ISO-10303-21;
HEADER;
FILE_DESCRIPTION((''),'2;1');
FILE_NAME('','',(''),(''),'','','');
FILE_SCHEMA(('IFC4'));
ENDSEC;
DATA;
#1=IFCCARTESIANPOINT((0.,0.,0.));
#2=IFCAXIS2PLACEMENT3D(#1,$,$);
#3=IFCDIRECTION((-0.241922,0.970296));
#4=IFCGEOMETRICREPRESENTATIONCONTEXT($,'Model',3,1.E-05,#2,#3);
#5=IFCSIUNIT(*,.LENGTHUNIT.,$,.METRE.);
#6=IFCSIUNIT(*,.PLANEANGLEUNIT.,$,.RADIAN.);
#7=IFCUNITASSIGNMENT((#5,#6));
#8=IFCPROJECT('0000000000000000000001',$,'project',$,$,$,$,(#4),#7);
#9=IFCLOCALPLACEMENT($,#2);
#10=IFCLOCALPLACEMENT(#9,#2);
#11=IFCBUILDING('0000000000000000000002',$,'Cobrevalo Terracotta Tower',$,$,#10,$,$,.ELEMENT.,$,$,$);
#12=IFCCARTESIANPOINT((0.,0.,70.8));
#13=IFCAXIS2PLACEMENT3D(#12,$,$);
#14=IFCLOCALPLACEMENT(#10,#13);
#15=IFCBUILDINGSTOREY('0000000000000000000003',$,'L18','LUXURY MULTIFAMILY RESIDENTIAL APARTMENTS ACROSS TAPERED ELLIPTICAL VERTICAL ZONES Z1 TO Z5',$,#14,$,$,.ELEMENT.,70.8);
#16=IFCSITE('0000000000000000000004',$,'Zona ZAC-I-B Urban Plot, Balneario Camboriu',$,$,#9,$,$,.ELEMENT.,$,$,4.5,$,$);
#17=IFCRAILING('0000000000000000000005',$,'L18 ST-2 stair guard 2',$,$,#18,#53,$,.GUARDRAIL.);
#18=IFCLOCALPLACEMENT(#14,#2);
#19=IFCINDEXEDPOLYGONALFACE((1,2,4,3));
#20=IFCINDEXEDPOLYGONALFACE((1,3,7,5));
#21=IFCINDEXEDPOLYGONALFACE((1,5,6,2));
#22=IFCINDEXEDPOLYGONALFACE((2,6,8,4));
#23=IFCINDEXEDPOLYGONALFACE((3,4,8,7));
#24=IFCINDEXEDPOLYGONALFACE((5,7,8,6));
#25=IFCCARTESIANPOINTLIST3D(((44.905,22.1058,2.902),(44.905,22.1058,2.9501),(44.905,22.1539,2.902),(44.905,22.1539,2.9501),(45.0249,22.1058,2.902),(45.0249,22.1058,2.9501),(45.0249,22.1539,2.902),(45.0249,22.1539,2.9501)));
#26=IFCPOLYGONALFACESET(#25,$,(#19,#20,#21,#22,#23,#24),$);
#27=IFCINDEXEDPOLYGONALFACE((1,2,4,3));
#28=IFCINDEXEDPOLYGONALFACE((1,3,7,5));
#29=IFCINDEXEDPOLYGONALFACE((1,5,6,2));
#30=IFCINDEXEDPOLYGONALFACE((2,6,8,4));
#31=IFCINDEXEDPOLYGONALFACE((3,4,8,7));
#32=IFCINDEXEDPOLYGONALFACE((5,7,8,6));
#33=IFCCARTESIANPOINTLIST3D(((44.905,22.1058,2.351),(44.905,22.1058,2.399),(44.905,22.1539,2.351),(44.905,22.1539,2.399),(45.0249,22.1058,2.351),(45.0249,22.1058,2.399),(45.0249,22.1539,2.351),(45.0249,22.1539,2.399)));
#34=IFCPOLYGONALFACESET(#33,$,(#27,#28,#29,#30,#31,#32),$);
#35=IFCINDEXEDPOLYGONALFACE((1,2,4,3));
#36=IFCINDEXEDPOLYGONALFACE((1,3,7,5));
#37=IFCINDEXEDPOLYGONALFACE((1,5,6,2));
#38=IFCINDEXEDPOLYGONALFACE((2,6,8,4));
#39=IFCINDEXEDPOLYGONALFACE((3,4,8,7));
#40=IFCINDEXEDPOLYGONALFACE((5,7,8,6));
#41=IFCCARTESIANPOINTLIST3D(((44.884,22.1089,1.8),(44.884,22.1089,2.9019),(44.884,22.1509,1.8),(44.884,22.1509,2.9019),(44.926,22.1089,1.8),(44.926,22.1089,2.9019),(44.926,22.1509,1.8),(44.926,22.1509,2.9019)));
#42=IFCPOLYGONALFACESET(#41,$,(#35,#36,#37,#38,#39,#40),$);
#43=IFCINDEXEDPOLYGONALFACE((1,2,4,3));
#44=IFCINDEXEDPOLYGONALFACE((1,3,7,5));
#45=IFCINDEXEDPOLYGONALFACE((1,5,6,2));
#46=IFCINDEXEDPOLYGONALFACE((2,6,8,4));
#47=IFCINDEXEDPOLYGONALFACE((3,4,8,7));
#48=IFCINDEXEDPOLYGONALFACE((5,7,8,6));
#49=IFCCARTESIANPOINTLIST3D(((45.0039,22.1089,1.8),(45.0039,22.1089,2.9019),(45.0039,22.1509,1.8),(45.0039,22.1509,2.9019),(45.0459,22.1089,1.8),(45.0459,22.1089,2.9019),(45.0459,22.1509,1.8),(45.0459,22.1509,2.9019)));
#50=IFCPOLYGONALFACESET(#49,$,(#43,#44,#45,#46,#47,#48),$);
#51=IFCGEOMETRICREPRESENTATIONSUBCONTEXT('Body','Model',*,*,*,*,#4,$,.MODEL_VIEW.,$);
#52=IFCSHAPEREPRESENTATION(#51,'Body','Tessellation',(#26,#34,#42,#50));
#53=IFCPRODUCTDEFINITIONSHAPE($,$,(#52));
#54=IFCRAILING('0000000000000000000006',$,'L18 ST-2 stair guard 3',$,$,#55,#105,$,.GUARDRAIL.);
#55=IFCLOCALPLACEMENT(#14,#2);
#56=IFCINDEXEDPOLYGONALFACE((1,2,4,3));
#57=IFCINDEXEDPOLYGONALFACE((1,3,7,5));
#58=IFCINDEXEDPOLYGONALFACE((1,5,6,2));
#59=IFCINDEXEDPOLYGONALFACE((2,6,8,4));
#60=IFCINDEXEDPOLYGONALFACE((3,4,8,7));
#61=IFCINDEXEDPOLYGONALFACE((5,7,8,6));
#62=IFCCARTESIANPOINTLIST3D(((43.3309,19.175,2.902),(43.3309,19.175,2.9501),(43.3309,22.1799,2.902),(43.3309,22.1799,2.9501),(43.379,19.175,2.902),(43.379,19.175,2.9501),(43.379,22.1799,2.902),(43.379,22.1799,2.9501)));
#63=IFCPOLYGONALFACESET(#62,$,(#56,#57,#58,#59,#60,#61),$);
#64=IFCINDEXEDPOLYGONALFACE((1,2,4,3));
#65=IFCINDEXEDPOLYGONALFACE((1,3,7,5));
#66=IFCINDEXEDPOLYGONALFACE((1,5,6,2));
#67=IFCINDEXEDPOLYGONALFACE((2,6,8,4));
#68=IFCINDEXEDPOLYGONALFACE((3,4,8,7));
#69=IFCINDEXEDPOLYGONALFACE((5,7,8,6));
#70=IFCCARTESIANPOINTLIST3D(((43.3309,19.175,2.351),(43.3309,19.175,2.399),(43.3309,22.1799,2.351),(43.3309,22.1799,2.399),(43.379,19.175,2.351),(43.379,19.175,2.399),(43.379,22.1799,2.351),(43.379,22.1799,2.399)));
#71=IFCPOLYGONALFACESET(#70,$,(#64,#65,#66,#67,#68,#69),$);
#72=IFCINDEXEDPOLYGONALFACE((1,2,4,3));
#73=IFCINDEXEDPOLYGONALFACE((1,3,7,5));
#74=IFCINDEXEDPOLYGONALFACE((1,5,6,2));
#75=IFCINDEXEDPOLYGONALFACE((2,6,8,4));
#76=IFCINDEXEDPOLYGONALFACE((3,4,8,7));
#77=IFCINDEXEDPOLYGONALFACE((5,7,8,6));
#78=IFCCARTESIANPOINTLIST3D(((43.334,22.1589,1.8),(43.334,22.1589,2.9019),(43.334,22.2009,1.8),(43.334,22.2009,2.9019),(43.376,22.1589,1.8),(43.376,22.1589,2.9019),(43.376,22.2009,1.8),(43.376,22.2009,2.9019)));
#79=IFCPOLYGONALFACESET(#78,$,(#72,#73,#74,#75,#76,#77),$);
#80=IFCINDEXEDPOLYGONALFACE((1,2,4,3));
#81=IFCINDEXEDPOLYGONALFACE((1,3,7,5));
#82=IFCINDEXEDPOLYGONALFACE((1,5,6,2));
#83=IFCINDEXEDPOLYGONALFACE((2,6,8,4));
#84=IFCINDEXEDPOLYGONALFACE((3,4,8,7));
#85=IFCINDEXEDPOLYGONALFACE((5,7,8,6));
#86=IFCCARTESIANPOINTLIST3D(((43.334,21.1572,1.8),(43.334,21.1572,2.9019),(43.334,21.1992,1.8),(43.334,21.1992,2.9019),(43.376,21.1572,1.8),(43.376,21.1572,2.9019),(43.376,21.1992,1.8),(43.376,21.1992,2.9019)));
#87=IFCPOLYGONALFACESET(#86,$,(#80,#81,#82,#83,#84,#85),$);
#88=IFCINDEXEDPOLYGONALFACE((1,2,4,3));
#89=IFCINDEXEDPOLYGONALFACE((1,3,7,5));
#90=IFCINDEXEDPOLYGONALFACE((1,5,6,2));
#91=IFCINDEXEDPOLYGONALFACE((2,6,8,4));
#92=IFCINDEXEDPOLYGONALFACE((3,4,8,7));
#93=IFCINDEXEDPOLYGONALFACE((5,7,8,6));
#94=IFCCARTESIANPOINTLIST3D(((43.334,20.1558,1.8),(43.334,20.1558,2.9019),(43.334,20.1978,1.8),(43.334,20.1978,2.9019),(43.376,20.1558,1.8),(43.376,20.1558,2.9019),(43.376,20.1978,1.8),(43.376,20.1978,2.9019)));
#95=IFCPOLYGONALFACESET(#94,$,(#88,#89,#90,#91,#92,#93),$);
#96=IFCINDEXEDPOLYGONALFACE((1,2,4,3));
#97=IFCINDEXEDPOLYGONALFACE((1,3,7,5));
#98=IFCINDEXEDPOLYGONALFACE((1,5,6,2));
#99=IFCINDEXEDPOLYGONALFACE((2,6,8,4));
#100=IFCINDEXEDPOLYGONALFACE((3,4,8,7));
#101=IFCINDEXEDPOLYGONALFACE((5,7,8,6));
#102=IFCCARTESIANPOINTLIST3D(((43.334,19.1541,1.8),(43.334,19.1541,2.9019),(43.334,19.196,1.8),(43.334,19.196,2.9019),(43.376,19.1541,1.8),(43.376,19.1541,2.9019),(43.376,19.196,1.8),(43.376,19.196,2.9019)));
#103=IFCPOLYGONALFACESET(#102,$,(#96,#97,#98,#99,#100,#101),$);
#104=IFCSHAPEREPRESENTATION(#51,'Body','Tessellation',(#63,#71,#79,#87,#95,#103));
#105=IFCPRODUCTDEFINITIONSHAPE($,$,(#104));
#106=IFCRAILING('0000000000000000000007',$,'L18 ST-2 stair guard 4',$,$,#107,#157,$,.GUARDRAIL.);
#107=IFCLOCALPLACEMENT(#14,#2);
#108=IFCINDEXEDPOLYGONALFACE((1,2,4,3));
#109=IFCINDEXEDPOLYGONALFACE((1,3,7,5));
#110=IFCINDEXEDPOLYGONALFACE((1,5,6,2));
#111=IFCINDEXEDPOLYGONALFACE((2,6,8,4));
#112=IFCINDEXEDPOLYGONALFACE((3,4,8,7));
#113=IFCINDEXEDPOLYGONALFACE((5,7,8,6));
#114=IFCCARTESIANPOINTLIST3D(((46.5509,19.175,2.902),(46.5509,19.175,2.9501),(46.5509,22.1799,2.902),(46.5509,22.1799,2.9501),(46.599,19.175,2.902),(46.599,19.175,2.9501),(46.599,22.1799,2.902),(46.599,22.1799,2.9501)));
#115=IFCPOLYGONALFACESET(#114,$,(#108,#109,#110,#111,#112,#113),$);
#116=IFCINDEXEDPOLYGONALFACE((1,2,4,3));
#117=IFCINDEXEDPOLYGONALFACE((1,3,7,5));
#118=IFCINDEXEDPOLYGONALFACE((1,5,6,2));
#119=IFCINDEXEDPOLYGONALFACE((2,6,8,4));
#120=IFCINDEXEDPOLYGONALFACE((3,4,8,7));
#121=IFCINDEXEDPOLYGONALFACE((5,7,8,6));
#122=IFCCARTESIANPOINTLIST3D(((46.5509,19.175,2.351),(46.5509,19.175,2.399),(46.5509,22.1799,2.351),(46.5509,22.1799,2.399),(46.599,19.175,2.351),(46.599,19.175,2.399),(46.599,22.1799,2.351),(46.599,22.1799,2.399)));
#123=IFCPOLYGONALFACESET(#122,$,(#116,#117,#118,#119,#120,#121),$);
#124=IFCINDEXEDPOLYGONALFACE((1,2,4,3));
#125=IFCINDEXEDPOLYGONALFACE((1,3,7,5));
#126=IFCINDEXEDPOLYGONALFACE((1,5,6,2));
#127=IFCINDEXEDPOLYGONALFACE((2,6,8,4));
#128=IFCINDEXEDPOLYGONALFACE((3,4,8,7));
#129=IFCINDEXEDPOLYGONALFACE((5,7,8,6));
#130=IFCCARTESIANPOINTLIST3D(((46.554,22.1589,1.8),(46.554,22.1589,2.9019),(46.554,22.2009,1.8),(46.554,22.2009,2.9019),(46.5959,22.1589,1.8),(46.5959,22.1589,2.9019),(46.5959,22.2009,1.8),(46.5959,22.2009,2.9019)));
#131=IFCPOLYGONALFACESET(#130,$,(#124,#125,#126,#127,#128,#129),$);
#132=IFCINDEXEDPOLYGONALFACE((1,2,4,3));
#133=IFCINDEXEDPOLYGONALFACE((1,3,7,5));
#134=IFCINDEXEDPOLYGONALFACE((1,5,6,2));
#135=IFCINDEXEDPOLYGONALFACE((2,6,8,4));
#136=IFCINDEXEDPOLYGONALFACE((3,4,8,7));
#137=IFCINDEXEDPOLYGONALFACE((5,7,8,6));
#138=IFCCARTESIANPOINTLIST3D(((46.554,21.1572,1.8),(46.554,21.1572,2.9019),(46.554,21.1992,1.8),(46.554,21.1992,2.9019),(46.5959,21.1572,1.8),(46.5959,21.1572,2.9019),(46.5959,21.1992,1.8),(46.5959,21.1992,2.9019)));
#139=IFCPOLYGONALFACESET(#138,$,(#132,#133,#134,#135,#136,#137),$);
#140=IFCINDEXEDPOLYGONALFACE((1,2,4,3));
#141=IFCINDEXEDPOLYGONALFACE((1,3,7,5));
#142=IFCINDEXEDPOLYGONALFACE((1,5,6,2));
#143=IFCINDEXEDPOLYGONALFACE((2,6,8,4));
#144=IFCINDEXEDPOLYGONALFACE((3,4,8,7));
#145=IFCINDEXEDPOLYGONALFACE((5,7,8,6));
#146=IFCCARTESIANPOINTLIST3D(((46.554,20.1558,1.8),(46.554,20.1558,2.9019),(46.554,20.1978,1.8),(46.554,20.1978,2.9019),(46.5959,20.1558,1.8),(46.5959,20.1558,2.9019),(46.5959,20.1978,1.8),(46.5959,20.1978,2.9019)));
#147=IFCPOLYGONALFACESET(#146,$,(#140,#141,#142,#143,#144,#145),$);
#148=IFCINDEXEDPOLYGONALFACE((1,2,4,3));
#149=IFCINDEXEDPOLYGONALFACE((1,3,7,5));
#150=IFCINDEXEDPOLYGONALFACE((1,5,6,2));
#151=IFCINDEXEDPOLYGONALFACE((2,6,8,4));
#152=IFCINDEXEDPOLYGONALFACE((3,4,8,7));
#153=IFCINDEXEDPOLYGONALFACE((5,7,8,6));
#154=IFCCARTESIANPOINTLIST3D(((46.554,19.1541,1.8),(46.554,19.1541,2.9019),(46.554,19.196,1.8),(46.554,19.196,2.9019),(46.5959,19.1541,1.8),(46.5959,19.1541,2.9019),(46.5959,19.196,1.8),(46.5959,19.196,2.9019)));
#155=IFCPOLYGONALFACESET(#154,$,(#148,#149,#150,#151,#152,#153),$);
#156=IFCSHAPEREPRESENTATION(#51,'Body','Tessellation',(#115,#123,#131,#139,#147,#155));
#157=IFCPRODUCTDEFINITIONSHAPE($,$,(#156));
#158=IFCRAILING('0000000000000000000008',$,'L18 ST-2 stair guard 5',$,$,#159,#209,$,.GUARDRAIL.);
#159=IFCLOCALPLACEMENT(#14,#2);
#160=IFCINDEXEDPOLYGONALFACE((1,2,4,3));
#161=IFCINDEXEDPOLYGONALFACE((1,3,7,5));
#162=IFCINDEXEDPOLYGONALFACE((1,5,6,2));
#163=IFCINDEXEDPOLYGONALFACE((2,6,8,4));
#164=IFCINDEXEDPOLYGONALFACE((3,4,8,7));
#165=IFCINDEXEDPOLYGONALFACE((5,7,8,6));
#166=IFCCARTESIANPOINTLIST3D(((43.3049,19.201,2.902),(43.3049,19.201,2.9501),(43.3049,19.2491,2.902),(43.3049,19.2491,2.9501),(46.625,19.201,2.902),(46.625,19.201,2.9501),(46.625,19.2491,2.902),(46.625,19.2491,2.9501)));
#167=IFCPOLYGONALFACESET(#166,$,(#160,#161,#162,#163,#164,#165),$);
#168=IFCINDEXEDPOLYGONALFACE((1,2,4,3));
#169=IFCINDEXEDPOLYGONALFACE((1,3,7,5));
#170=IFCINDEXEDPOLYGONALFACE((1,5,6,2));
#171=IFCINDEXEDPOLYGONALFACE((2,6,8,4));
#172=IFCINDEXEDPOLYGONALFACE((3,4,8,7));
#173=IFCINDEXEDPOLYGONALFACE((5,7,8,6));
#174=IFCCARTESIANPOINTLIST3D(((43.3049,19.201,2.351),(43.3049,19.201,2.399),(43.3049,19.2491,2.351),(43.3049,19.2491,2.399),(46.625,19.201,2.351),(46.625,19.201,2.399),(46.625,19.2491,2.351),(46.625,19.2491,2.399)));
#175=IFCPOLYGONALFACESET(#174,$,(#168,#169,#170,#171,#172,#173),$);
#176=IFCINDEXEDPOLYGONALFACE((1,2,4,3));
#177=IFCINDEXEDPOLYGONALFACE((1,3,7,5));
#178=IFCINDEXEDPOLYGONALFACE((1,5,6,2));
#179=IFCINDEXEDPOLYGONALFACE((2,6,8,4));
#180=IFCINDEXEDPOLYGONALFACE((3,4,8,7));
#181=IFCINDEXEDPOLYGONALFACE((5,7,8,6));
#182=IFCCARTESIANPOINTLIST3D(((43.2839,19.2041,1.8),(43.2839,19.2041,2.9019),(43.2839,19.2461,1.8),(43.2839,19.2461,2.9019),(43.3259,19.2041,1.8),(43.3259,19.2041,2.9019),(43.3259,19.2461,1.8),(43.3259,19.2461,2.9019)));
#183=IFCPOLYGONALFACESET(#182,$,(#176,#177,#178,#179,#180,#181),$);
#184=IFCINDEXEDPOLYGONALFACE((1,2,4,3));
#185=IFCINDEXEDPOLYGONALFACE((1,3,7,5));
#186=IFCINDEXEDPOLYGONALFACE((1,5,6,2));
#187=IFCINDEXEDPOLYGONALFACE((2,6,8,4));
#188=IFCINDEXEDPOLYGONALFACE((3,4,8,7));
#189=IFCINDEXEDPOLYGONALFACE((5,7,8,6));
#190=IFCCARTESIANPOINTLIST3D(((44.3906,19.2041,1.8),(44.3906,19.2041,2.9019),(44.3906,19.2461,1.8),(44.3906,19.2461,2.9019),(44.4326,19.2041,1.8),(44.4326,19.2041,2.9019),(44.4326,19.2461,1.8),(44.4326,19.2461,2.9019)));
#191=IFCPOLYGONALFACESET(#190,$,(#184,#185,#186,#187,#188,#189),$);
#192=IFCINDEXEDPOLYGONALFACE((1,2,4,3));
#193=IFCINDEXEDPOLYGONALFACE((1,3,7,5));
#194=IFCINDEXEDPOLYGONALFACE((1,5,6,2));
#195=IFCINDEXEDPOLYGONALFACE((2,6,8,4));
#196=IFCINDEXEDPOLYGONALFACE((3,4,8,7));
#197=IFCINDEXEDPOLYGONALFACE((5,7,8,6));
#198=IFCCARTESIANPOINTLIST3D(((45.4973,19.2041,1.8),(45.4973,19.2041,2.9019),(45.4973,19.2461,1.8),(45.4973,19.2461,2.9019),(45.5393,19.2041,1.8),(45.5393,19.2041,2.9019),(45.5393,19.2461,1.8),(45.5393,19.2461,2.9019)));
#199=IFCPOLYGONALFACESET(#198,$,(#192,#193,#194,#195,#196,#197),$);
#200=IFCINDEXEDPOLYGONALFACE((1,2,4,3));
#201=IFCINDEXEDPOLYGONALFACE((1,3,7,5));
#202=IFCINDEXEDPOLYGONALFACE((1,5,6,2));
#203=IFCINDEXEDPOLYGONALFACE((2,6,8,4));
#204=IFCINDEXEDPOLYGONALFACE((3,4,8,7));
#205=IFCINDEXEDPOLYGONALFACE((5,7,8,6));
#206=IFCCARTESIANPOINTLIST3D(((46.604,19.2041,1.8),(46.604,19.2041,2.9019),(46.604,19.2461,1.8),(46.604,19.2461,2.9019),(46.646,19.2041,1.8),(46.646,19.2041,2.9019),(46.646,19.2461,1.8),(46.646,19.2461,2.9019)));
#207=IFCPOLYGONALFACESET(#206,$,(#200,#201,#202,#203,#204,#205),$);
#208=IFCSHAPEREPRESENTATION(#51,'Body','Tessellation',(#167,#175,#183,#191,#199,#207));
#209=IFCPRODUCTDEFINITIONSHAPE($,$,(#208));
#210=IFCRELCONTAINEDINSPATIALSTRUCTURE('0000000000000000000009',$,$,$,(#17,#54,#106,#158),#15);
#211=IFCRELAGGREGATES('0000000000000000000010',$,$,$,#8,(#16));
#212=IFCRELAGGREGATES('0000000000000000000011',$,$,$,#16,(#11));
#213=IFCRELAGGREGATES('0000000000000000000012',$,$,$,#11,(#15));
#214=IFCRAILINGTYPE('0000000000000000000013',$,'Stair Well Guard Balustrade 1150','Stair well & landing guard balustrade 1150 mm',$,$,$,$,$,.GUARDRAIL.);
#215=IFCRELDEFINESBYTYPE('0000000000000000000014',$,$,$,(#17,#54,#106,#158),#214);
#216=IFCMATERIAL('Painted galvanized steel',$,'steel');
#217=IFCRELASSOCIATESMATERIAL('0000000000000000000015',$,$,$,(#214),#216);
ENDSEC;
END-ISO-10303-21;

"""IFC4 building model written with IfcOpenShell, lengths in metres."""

from ifc_helpers import new_model, si_unit, direction, frame, origin, origin_2d, place, context, subcontext, project, spatial, rectangle, extrude, material, type_object, element, save


model = new_model("IFC4")

# Units and contexts
model_context = context("Model", 3, precision=1e-05, world=origin(), true_north=direction((-0.241922, 0.970296)))
body_context = subcontext(model_context, "Body", "Model", "MODEL_VIEW")
ifc_project = project(units=[si_unit("LENGTHUNIT", "METRE"), si_unit("PLANEANGLEUNIT", "RADIAN")], contexts=[model_context])

# Site, building, storey
site_placement = place(None, origin())
site = spatial("IfcSite", under=ifc_project, at=site_placement, Name="Zona ZAC-I-B Urban Plot, Balneario Camboriu", CompositionType="ELEMENT", RefElevation=4.5)
building_placement = place(site_placement, origin())
building = spatial("IfcBuilding", under=site, at=building_placement, Name="Cobrevalo Terracotta Tower", CompositionType="ELEMENT")
storey_placement = place(building_placement, frame((0.0, 0.0, 70.8)))
storey = spatial("IfcBuildingStorey", under=building, at=storey_placement, Name="L18", Description="LUXURY MULTIFAMILY RESIDENTIAL APARTMENTS ACROSS TAPERED ELLIPTICAL VERTICAL ZONES Z1 TO Z5", CompositionType="ELEMENT", Elevation=70.8)

# Railings
ifc_material_1 = material(Name="Painted galvanized steel", Category="steel")
railing_type_1 = type_object("IfcRailingType", Name="Stair Well Guard Balustrade 1150", Description="Stair well & landing guard balustrade 1150 mm", PredefinedType="GUARDRAIL", material=ifc_material_1)
railing_1_placement = place(storey_placement, frame((44.905, 22.1299, 1.8)))
element("IfcRailing", 1, at=railing_1_placement, inside=storey, type_object=railing_type_1, Name="L18 ST-2 stair guard 2", PredefinedType="GUARDRAIL", context=body_context, shape_type="SweptSolid", body=[
    extrude(rectangle(XDim=0.0481, YDim=0.0481, at=origin_2d()), frame((0.0, 0.0, 1.126), z_axis=(1.0, 0.0, 0.0), x_axis=(0.0, 1.0, 0.0)), (0.0, 0.0, 1.0), 0.1199),
    extrude(rectangle(XDim=0.0481, YDim=0.0481, at=origin_2d()), frame((0.0, 0.0, 0.575), z_axis=(1.0, 0.0, 0.0), x_axis=(0.0, 1.0, 0.0)), (0.0, 0.0, 1.0), 0.1199),
    extrude(rectangle(XDim=0.042, YDim=0.042, at=origin_2d()), origin(), (0.0, 0.0, 1.0), 1.1018),
    extrude(rectangle(XDim=0.042, YDim=0.042, at=origin_2d()), frame((0.1199, 0.0, 0.0)), (0.0, 0.0, 1.0), 1.1018),
])
for number, where, name in (
    (2, (43.355, 22.1799, 1.8), "L18 ST-2 stair guard 3"),
    (3, (46.575, 22.1799, 1.8), "L18 ST-2 stair guard 4"),
):
    element("IfcRailing", number, at=place(storey_placement, frame(where)), inside=storey, type_object=railing_type_1, Name=name, PredefinedType="GUARDRAIL", context=body_context, shape_type="SweptSolid", body=[
        extrude(rectangle(XDim=0.0481, YDim=0.0481, at=origin_2d()), frame((0.0, 0.0, 1.126), z_axis=(0.0, -1.0, 0.0), x_axis=(1.0, 0.0, 0.0)), (0.0, 0.0, 1.0), 3.0049),
        extrude(rectangle(XDim=0.0481, YDim=0.0481, at=origin_2d()), frame((0.0, 0.0, 0.575), z_axis=(0.0, -1.0, 0.0), x_axis=(1.0, 0.0, 0.0)), (0.0, 0.0, 1.0), 3.0049),
        extrude(rectangle(XDim=0.042, YDim=0.042, at=origin_2d()), origin(), (0.0, 0.0, 1.0), 1.1018),
        extrude(rectangle(XDim=0.042, YDim=0.042, at=origin_2d()), frame((0.0, -1.0017, 0.0)), (0.0, 0.0, 1.0), 1.1018),
        extrude(rectangle(XDim=0.042, YDim=0.042, at=origin_2d()), frame((0.0, -2.0032, 0.0)), (0.0, 0.0, 1.0), 1.1018),
        extrude(rectangle(XDim=0.042, YDim=0.042, at=origin_2d()), frame((0.0, -3.0049, 0.0)), (0.0, 0.0, 1.0), 1.1018),
    ])
railing_2_placement = place(storey_placement, frame((43.3049, 19.2251, 1.8)))
element("IfcRailing", 4, at=railing_2_placement, inside=storey, type_object=railing_type_1, Name="L18 ST-2 stair guard 5", PredefinedType="GUARDRAIL", context=body_context, shape_type="SweptSolid", body=[
    extrude(rectangle(XDim=0.0481, YDim=0.0481, at=origin_2d()), frame((0.0, 0.0, 1.126), z_axis=(1.0, 0.0, 0.0), x_axis=(0.0, 1.0, 0.0)), (0.0, 0.0, 1.0), 3.3201),
    extrude(rectangle(XDim=0.0481, YDim=0.0481, at=origin_2d()), frame((0.0, 0.0, 0.575), z_axis=(1.0, 0.0, 0.0), x_axis=(0.0, 1.0, 0.0)), (0.0, 0.0, 1.0), 3.3201),
    extrude(rectangle(XDim=0.042, YDim=0.042, at=origin_2d()), origin(), (0.0, 0.0, 1.0), 1.1018),
    extrude(rectangle(XDim=0.042, YDim=0.042, at=origin_2d()), frame((1.1067, 0.0, 0.0)), (0.0, 0.0, 1.0), 1.1018),
    extrude(rectangle(XDim=0.042, YDim=0.042, at=origin_2d()), frame((2.2134, 0.0, 0.0)), (0.0, 0.0, 1.0), 1.1018),
    extrude(rectangle(XDim=0.042, YDim=0.042, at=origin_2d()), frame((3.3201, 0.0, 0.0)), (0.0, 0.0, 1.0), 1.1018),
])

save(model, "model.ifc")
